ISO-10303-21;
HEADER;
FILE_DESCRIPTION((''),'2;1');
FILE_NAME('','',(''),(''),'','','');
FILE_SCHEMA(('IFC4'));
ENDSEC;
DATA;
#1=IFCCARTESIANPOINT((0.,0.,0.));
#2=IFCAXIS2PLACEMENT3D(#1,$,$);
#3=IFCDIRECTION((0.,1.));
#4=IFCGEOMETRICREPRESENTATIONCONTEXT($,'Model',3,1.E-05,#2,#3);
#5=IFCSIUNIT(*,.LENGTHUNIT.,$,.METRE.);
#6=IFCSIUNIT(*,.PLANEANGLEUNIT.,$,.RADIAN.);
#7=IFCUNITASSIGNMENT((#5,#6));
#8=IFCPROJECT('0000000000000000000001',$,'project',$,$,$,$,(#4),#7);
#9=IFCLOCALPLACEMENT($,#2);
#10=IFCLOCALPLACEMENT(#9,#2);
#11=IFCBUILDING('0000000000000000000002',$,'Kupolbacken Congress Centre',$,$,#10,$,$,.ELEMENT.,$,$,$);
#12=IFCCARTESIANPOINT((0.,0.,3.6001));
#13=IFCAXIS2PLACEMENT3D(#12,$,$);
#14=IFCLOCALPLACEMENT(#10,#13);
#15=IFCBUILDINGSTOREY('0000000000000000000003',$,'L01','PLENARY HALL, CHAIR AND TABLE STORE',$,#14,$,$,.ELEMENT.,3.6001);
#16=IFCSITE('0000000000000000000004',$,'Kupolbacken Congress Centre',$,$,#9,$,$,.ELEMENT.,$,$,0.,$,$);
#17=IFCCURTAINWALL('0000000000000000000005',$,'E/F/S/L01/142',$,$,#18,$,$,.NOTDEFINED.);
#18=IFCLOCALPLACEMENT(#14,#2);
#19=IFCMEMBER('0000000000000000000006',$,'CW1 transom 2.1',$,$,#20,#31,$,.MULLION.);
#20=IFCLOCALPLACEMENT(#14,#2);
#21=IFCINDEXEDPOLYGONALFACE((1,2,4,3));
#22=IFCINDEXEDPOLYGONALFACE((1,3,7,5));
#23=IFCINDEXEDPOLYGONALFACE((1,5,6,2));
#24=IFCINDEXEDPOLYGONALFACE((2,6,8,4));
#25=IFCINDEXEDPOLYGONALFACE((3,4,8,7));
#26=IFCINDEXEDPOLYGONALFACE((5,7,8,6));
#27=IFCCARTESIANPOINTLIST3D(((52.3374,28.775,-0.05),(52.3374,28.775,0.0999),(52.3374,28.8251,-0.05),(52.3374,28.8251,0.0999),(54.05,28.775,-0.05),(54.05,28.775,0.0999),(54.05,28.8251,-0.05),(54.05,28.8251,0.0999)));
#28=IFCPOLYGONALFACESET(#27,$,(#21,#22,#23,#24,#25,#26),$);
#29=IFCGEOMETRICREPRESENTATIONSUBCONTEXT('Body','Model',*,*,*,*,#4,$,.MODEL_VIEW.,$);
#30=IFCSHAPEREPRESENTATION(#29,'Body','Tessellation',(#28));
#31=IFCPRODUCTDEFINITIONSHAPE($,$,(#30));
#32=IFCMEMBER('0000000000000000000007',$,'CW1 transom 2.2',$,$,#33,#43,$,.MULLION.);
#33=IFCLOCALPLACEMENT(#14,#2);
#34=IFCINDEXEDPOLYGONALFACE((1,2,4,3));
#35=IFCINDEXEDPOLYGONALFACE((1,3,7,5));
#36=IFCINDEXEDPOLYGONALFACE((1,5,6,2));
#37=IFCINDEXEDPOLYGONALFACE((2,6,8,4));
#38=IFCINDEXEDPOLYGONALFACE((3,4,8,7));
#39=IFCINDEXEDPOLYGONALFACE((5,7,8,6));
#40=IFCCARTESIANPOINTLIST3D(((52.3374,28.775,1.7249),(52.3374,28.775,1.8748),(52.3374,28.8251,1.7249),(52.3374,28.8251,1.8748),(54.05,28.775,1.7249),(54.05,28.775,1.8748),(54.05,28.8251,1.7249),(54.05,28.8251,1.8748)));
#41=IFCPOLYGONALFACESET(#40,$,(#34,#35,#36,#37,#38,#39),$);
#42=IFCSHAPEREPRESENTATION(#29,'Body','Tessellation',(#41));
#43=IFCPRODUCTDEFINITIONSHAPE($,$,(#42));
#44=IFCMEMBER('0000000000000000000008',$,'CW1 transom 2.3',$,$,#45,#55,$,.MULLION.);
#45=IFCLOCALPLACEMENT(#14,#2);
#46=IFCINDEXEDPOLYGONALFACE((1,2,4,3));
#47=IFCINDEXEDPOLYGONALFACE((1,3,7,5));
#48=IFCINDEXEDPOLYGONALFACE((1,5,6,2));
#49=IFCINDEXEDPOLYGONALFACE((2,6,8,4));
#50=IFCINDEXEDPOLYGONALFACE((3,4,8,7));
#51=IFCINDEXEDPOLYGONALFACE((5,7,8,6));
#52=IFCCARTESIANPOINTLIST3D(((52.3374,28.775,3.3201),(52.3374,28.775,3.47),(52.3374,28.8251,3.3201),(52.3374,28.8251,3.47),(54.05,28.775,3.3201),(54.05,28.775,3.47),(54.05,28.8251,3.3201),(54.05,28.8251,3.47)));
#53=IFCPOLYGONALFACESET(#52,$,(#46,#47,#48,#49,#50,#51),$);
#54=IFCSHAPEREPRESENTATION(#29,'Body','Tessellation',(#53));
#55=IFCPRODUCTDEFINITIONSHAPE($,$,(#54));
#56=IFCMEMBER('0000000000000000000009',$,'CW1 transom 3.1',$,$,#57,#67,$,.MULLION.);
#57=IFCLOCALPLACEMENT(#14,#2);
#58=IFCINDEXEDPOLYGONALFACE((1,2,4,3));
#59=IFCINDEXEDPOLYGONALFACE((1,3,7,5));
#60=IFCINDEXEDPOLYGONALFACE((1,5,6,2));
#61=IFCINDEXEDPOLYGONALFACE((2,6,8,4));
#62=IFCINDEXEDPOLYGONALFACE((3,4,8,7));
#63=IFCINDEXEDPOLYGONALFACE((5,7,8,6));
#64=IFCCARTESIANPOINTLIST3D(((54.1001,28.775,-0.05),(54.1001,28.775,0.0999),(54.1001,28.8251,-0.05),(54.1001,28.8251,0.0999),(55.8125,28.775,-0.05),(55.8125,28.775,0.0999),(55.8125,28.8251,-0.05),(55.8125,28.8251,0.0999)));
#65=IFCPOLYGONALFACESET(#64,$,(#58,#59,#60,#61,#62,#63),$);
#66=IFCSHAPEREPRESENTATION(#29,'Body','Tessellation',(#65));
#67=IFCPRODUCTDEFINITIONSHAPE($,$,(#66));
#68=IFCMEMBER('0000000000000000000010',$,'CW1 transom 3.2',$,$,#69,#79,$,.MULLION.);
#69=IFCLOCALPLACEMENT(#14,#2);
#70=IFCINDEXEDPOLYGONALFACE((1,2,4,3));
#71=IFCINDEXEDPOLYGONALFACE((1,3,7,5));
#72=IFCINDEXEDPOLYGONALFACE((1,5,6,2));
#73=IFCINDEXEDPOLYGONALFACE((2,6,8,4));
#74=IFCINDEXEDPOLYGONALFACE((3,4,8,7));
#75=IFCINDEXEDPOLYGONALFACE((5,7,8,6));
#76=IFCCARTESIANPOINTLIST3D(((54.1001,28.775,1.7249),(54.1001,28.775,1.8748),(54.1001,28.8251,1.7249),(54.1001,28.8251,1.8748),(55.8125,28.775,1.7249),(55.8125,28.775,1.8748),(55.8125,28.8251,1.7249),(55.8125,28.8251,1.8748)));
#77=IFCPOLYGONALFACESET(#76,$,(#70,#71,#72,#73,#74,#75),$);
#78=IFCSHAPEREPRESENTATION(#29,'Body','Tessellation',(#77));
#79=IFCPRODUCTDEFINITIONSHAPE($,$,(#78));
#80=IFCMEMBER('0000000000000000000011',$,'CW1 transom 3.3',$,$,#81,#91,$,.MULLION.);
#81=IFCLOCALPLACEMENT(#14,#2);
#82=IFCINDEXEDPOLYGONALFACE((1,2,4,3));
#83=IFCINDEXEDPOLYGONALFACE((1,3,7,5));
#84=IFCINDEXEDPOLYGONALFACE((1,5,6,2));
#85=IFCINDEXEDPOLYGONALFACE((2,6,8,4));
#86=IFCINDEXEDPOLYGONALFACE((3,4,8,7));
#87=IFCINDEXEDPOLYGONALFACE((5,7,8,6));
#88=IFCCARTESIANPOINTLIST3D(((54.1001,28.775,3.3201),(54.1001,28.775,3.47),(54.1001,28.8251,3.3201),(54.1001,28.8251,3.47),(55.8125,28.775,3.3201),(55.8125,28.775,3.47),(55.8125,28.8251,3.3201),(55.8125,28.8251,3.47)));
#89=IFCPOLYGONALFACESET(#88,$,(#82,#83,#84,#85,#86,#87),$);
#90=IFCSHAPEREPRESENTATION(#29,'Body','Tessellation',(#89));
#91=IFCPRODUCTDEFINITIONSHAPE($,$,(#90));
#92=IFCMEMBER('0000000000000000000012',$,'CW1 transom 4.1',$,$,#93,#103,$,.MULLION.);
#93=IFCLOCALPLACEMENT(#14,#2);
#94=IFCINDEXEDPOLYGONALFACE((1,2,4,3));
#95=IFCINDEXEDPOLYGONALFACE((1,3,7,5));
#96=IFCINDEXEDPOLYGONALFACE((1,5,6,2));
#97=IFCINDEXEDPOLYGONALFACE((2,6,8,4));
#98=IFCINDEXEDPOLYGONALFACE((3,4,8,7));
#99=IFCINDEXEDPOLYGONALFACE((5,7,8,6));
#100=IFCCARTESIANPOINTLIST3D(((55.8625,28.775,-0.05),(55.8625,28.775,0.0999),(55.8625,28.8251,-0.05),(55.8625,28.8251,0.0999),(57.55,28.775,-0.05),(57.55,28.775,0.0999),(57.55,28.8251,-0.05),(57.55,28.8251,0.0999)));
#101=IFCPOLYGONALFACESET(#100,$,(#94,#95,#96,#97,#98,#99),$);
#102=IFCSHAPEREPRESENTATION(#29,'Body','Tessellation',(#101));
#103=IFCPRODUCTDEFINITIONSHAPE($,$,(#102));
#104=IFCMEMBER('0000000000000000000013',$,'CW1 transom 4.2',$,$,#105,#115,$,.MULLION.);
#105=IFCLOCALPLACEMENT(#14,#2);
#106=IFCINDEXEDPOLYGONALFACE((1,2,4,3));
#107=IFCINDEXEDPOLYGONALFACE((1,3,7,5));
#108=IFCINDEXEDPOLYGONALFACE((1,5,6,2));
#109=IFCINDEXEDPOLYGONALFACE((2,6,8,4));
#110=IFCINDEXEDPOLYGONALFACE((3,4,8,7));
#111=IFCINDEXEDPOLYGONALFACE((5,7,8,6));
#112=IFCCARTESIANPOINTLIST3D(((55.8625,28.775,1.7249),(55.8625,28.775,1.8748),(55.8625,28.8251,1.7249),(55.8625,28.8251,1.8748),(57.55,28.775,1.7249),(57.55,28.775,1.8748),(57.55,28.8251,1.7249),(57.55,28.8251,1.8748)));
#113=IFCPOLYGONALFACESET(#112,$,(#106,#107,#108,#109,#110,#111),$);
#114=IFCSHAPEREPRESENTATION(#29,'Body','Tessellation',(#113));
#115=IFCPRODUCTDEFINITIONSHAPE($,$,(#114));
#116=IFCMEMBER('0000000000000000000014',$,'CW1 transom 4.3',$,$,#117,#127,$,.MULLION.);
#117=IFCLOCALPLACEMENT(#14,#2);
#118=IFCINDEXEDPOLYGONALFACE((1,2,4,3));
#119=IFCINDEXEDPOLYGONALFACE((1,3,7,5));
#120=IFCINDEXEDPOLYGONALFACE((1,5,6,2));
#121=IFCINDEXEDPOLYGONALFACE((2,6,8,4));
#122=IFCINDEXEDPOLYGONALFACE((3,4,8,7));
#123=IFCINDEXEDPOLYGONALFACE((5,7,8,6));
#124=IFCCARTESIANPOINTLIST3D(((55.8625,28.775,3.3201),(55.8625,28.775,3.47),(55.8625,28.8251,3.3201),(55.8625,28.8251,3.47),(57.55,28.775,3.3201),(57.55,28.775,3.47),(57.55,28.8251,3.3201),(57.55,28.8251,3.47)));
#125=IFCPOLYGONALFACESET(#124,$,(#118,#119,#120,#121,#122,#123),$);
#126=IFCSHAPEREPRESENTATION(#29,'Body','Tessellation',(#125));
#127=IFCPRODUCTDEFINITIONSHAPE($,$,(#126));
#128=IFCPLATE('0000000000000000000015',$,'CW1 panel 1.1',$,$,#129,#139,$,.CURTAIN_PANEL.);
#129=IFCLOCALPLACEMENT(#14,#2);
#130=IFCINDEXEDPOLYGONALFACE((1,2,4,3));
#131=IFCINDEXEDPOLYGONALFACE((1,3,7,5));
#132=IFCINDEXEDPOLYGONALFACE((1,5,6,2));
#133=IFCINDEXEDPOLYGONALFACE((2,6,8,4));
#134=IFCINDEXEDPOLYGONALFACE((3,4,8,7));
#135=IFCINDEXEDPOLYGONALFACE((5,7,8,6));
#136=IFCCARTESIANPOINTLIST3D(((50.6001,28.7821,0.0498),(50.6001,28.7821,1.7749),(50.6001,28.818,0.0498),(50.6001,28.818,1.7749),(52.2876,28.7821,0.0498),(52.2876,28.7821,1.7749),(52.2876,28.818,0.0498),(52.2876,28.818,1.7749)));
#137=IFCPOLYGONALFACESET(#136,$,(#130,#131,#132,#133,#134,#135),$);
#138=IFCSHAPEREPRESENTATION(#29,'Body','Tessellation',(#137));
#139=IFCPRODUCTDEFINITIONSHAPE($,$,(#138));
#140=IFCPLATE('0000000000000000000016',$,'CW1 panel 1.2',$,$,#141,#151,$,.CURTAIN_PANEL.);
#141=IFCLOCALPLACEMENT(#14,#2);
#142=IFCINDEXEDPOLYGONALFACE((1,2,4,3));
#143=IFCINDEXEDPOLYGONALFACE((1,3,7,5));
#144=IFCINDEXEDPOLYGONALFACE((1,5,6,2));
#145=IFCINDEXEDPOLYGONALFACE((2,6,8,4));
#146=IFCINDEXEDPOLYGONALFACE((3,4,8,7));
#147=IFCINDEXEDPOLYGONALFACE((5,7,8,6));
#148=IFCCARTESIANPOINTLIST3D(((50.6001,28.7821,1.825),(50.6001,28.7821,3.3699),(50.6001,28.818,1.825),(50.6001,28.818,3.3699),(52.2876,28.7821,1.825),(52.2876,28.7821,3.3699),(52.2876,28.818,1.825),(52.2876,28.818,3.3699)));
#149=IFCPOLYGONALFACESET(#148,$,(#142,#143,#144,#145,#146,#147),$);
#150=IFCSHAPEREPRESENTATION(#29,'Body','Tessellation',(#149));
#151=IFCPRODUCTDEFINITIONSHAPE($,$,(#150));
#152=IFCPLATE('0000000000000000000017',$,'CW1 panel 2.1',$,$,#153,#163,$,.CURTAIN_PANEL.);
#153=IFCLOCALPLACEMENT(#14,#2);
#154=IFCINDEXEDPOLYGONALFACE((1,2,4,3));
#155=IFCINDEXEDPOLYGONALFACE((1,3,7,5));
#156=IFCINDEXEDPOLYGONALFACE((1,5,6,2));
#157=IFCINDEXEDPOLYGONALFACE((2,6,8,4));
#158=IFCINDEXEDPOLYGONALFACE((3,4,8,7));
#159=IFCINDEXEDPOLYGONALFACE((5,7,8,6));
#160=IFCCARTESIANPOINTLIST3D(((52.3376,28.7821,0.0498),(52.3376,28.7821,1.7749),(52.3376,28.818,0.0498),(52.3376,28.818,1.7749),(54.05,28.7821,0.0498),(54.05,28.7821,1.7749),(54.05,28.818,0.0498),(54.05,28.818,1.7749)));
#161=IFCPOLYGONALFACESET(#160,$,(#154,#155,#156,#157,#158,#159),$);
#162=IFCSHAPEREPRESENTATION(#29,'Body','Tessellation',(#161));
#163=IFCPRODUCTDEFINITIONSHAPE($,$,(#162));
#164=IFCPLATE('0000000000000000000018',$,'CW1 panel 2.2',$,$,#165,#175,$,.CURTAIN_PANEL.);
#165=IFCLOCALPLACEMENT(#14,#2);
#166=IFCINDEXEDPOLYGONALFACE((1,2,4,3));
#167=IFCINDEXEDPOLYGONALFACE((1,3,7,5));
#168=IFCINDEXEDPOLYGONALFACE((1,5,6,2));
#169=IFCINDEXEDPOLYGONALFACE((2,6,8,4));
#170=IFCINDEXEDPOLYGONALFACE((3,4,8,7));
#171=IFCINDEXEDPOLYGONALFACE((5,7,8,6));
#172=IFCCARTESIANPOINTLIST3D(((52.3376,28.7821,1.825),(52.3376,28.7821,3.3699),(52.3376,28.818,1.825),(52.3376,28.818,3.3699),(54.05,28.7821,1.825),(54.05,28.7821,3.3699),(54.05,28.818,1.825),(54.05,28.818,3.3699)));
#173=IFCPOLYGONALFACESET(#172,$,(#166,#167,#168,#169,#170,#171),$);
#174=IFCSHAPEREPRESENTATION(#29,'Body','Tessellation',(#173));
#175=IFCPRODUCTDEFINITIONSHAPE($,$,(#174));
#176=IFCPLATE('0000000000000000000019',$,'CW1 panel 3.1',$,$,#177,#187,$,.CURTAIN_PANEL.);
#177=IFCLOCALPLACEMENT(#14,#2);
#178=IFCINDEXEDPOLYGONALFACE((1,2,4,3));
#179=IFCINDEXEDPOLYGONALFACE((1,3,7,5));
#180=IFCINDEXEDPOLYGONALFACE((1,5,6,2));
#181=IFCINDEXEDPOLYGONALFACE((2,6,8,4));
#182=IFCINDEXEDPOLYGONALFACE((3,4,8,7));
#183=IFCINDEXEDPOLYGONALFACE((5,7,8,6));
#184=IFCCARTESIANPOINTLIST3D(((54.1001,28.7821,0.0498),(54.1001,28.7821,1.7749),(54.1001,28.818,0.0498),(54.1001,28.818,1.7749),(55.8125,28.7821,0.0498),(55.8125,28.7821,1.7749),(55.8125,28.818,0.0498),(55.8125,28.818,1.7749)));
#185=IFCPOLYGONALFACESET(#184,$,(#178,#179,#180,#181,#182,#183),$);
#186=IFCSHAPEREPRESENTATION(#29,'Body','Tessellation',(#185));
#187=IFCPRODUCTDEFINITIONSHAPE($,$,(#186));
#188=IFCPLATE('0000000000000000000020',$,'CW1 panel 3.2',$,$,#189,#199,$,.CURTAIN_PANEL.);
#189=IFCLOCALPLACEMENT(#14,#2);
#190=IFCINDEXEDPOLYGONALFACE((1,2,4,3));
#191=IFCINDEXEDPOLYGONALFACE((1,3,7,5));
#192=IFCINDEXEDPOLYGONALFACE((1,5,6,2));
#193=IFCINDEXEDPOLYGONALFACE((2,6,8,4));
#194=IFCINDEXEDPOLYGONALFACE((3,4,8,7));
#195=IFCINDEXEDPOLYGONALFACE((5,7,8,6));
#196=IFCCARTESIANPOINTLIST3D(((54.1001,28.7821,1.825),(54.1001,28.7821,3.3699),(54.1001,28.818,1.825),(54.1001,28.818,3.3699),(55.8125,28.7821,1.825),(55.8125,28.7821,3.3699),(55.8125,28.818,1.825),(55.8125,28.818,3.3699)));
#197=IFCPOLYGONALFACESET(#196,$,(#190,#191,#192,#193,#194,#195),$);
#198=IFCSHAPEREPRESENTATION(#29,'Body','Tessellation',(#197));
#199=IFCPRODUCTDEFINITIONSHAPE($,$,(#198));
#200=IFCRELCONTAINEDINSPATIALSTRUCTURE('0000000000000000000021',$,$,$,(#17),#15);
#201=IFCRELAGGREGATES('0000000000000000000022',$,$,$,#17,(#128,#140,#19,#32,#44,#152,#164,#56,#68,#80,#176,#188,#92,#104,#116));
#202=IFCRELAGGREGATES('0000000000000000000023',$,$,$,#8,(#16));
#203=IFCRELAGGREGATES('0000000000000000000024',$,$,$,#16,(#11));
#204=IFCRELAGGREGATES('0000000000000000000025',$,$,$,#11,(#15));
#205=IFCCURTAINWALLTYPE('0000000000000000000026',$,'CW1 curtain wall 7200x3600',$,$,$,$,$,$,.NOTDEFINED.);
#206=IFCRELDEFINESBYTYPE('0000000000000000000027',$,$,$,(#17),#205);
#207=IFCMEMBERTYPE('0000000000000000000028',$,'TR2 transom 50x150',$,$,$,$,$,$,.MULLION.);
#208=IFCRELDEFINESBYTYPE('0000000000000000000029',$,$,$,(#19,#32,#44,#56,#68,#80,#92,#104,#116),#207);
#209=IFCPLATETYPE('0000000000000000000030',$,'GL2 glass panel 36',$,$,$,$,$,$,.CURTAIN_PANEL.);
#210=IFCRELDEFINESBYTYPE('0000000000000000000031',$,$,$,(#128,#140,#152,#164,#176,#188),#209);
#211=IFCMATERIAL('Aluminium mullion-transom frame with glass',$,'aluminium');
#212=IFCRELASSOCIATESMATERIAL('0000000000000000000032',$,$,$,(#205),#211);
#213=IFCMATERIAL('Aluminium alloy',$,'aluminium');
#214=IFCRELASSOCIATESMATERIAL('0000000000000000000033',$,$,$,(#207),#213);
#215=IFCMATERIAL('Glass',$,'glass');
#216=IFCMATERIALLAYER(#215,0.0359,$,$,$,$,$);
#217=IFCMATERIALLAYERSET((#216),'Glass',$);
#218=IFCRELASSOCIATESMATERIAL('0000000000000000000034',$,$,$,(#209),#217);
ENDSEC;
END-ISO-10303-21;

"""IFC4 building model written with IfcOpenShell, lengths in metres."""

from ifc_helpers import new_model, si_unit, direction, frame, origin, origin_2d, place, context, subcontext, project, spatial, rectangle, extrude, material, layer, layer_set, material_profile, profile_set, type_object, element, aggregate, save


model = new_model("IFC4")

# Units and contexts
model_context = context("Model", 3, precision=1e-05, world=origin(), true_north=direction((0.0, 1.0)))
body_context = subcontext(model_context, "Body", "Model", "MODEL_VIEW")
ifc_project = project(units=[si_unit("LENGTHUNIT", "METRE"), si_unit("PLANEANGLEUNIT", "RADIAN")], contexts=[model_context])

# Site, building, storey
site_placement = place(None, origin())
site = spatial("IfcSite", under=ifc_project, at=site_placement, Name="Kupolbacken Congress Centre", CompositionType="ELEMENT", RefElevation=0.0)
building_placement = place(site_placement, origin())
building = spatial("IfcBuilding", under=site, at=building_placement, Name="Kupolbacken Congress Centre", CompositionType="ELEMENT")
storey_placement = place(building_placement, frame((0.0, 0.0, 3.6001)))
storey = spatial("IfcBuildingStorey", under=building, at=storey_placement, Name="L01", Description="PLENARY HALL, CHAIR AND TABLE STORE", CompositionType="ELEMENT", Elevation=3.6001)

# Curtain wall, members, plates
ifc_material_1 = material(Name="Aluminium mullion-transom frame with glass", Category="aluminium")
curtain_wall_type = type_object("IfcCurtainWallType", Name="CW1 curtain wall 7200x3600", PredefinedType="NOTDEFINED", material=ifc_material_1)
curtain_wall_placement = place(storey_placement, origin())
curtain_wall = element("IfcCurtainWall", 1, at=curtain_wall_placement, inside=storey, type_object=curtain_wall_type, Name="E/F/S/L01/142", PredefinedType="NOTDEFINED")
ifc_material_2 = material(Name="Aluminium alloy", Category="aluminium")
ifc_material_profile_1 = material_profile(ifc_material_2, rectangle(XDim=0.05, YDim=0.1499, at=origin_2d()), Name="50 x 150")
ifc_profile_set_1 = profile_set([ifc_material_profile_1], Name="Aluminium alloy")
member_type_1 = type_object("IfcMemberType", Name="TR2 transom 50x150", PredefinedType="MULLION", material=ifc_profile_set_1)
member_1_placement = place(storey_placement, frame((52.3374, 28.8, 0.0249), z_axis=(1.0, 0.0, 0.0), x_axis=(0.0, 1.0, 0.0)))
member_1 = element("IfcMember", 2, at=member_1_placement, type_object=member_type_1, Name="CW1 transom 2.1", PredefinedType="MULLION", context=body_context, shape_type="SweptSolid", body=[
    extrude(rectangle(XDim=0.05, YDim=0.1499, at=origin_2d()), origin(), (0.0, 0.0, 1.0), 1.7126),
])
member_2_placement = place(storey_placement, frame((52.3374, 28.8, 1.7998), z_axis=(1.0, 0.0, 0.0), x_axis=(0.0, 1.0, 0.0)))
member_2 = element("IfcMember", 3, at=member_2_placement, type_object=member_type_1, Name="CW1 transom 2.2", PredefinedType="MULLION", context=body_context, shape_type="SweptSolid", body=[
    extrude(rectangle(XDim=0.05, YDim=0.1499, at=origin_2d()), origin(), (0.0, 0.0, 1.0), 1.7126),
])
member_3_placement = place(storey_placement, frame((52.3374, 28.8, 3.395), z_axis=(1.0, 0.0, 0.0), x_axis=(0.0, 1.0, 0.0)))
member_3 = element("IfcMember", 4, at=member_3_placement, type_object=member_type_1, Name="CW1 transom 2.3", PredefinedType="MULLION", context=body_context, shape_type="SweptSolid", body=[
    extrude(rectangle(XDim=0.05, YDim=0.1499, at=origin_2d()), origin(), (0.0, 0.0, 1.0), 1.7126),
])
member_4_placement = place(storey_placement, frame((54.1001, 28.8, 0.0249), z_axis=(1.0, 0.0, 0.0), x_axis=(0.0, 1.0, 0.0)))
member_4 = element("IfcMember", 5, at=member_4_placement, type_object=member_type_1, Name="CW1 transom 3.1", PredefinedType="MULLION", context=body_context, shape_type="SweptSolid", body=[
    extrude(rectangle(XDim=0.05, YDim=0.1499, at=origin_2d()), origin(), (0.0, 0.0, 1.0), 1.7124),
])
member_5_placement = place(storey_placement, frame((54.1001, 28.8, 1.7998), z_axis=(1.0, 0.0, 0.0), x_axis=(0.0, 1.0, 0.0)))
member_5 = element("IfcMember", 6, at=member_5_placement, type_object=member_type_1, Name="CW1 transom 3.2", PredefinedType="MULLION", context=body_context, shape_type="SweptSolid", body=[
    extrude(rectangle(XDim=0.05, YDim=0.1499, at=origin_2d()), origin(), (0.0, 0.0, 1.0), 1.7124),
])
member_6_placement = place(storey_placement, frame((54.1001, 28.8, 3.395), z_axis=(1.0, 0.0, 0.0), x_axis=(0.0, 1.0, 0.0)))
member_6 = element("IfcMember", 7, at=member_6_placement, type_object=member_type_1, Name="CW1 transom 3.3", PredefinedType="MULLION", context=body_context, shape_type="SweptSolid", body=[
    extrude(rectangle(XDim=0.05, YDim=0.1499, at=origin_2d()), origin(), (0.0, 0.0, 1.0), 1.7124),
])
member_7_placement = place(storey_placement, frame((55.8625, 28.8, 0.0249), z_axis=(1.0, 0.0, 0.0), x_axis=(0.0, 1.0, 0.0)))
member_7 = element("IfcMember", 8, at=member_7_placement, type_object=member_type_1, Name="CW1 transom 4.1", PredefinedType="MULLION", context=body_context, shape_type="SweptSolid", body=[
    extrude(rectangle(XDim=0.05, YDim=0.1499, at=origin_2d()), origin(), (0.0, 0.0, 1.0), 1.6875),
])
member_8_placement = place(storey_placement, frame((55.8625, 28.8, 1.7998), z_axis=(1.0, 0.0, 0.0), x_axis=(0.0, 1.0, 0.0)))
member_8 = element("IfcMember", 9, at=member_8_placement, type_object=member_type_1, Name="CW1 transom 4.2", PredefinedType="MULLION", context=body_context, shape_type="SweptSolid", body=[
    extrude(rectangle(XDim=0.05, YDim=0.1499, at=origin_2d()), origin(), (0.0, 0.0, 1.0), 1.6875),
])
member_9_placement = place(storey_placement, frame((55.8625, 28.8, 3.395), z_axis=(1.0, 0.0, 0.0), x_axis=(0.0, 1.0, 0.0)))
member_9 = element("IfcMember", 10, at=member_9_placement, type_object=member_type_1, Name="CW1 transom 4.3", PredefinedType="MULLION", context=body_context, shape_type="SweptSolid", body=[
    extrude(rectangle(XDim=0.05, YDim=0.1499, at=origin_2d()), origin(), (0.0, 0.0, 1.0), 1.6875),
])
ifc_material_3 = material(Name="Glass", Category="glass")
ifc_layer_1 = layer(ifc_material_3, 0.0359)
ifc_layer_set_1 = layer_set([ifc_layer_1], Name="Glass")
plate_type = type_object("IfcPlateType", Name="GL2 glass panel 36", PredefinedType="CURTAIN_PANEL", material=ifc_layer_set_1)
plate_1_placement = place(storey_placement, frame((51.4438, 28.8, 0.0498), z_axis=(0.0, 0.0, 1.0), x_axis=(1.0, 0.0, 0.0)))
plate_1 = element("IfcPlate", 11, at=plate_1_placement, type_object=plate_type, Name="CW1 panel 1.1", PredefinedType="CURTAIN_PANEL", context=body_context, shape_type="SweptSolid", body=[
    extrude(rectangle(XDim=1.6875, YDim=0.0359, at=origin_2d()), origin(), (0.0, 0.0, 1.0), 1.7251),
])
plate_2_placement = place(storey_placement, frame((51.4438, 28.8, 1.825), z_axis=(0.0, 0.0, 1.0), x_axis=(1.0, 0.0, 0.0)))
plate_2 = element("IfcPlate", 12, at=plate_2_placement, type_object=plate_type, Name="CW1 panel 1.2", PredefinedType="CURTAIN_PANEL", context=body_context, shape_type="SweptSolid", body=[
    extrude(rectangle(XDim=1.6875, YDim=0.0359, at=origin_2d()), origin(), (0.0, 0.0, 1.0), 1.5449),
])
plate_3_placement = place(storey_placement, frame((53.1938, 28.8, 0.0498), z_axis=(0.0, 0.0, 1.0), x_axis=(1.0, 0.0, 0.0)))
plate_3 = element("IfcPlate", 13, at=plate_3_placement, type_object=plate_type, Name="CW1 panel 2.1", PredefinedType="CURTAIN_PANEL", context=body_context, shape_type="SweptSolid", body=[
    extrude(rectangle(XDim=1.7124, YDim=0.0359, at=origin_2d()), origin(), (0.0, 0.0, 1.0), 1.7251),
])
plate_4_placement = place(storey_placement, frame((53.1938, 28.8, 1.825), z_axis=(0.0, 0.0, 1.0), x_axis=(1.0, 0.0, 0.0)))
plate_4 = element("IfcPlate", 14, at=plate_4_placement, type_object=plate_type, Name="CW1 panel 2.2", PredefinedType="CURTAIN_PANEL", context=body_context, shape_type="SweptSolid", body=[
    extrude(rectangle(XDim=1.7124, YDim=0.0359, at=origin_2d()), origin(), (0.0, 0.0, 1.0), 1.5449),
])
plate_5_placement = place(storey_placement, frame((54.9563, 28.8, 0.0498), z_axis=(0.0, 0.0, 1.0), x_axis=(1.0, 0.0, 0.0)))
plate_5 = element("IfcPlate", 15, at=plate_5_placement, type_object=plate_type, Name="CW1 panel 3.1", PredefinedType="CURTAIN_PANEL", context=body_context, shape_type="SweptSolid", body=[
    extrude(rectangle(XDim=1.7124, YDim=0.0359, at=origin_2d()), origin(), (0.0, 0.0, 1.0), 1.7251),
])
plate_6_placement = place(storey_placement, frame((54.9563, 28.8, 1.825), z_axis=(0.0, 0.0, 1.0), x_axis=(1.0, 0.0, 0.0)))
plate_6 = element("IfcPlate", 16, at=plate_6_placement, type_object=plate_type, Name="CW1 panel 3.2", PredefinedType="CURTAIN_PANEL", context=body_context, shape_type="SweptSolid", body=[
    extrude(rectangle(XDim=1.7124, YDim=0.0359, at=origin_2d()), origin(), (0.0, 0.0, 1.0), 1.5449),
])
aggregate(curtain_wall, [plate_1, plate_2, member_1, member_2, member_3, plate_3, plate_4, member_4, member_5, member_6, plate_5, plate_6, member_7, member_8, member_9])

save(model, "model.ifc")
